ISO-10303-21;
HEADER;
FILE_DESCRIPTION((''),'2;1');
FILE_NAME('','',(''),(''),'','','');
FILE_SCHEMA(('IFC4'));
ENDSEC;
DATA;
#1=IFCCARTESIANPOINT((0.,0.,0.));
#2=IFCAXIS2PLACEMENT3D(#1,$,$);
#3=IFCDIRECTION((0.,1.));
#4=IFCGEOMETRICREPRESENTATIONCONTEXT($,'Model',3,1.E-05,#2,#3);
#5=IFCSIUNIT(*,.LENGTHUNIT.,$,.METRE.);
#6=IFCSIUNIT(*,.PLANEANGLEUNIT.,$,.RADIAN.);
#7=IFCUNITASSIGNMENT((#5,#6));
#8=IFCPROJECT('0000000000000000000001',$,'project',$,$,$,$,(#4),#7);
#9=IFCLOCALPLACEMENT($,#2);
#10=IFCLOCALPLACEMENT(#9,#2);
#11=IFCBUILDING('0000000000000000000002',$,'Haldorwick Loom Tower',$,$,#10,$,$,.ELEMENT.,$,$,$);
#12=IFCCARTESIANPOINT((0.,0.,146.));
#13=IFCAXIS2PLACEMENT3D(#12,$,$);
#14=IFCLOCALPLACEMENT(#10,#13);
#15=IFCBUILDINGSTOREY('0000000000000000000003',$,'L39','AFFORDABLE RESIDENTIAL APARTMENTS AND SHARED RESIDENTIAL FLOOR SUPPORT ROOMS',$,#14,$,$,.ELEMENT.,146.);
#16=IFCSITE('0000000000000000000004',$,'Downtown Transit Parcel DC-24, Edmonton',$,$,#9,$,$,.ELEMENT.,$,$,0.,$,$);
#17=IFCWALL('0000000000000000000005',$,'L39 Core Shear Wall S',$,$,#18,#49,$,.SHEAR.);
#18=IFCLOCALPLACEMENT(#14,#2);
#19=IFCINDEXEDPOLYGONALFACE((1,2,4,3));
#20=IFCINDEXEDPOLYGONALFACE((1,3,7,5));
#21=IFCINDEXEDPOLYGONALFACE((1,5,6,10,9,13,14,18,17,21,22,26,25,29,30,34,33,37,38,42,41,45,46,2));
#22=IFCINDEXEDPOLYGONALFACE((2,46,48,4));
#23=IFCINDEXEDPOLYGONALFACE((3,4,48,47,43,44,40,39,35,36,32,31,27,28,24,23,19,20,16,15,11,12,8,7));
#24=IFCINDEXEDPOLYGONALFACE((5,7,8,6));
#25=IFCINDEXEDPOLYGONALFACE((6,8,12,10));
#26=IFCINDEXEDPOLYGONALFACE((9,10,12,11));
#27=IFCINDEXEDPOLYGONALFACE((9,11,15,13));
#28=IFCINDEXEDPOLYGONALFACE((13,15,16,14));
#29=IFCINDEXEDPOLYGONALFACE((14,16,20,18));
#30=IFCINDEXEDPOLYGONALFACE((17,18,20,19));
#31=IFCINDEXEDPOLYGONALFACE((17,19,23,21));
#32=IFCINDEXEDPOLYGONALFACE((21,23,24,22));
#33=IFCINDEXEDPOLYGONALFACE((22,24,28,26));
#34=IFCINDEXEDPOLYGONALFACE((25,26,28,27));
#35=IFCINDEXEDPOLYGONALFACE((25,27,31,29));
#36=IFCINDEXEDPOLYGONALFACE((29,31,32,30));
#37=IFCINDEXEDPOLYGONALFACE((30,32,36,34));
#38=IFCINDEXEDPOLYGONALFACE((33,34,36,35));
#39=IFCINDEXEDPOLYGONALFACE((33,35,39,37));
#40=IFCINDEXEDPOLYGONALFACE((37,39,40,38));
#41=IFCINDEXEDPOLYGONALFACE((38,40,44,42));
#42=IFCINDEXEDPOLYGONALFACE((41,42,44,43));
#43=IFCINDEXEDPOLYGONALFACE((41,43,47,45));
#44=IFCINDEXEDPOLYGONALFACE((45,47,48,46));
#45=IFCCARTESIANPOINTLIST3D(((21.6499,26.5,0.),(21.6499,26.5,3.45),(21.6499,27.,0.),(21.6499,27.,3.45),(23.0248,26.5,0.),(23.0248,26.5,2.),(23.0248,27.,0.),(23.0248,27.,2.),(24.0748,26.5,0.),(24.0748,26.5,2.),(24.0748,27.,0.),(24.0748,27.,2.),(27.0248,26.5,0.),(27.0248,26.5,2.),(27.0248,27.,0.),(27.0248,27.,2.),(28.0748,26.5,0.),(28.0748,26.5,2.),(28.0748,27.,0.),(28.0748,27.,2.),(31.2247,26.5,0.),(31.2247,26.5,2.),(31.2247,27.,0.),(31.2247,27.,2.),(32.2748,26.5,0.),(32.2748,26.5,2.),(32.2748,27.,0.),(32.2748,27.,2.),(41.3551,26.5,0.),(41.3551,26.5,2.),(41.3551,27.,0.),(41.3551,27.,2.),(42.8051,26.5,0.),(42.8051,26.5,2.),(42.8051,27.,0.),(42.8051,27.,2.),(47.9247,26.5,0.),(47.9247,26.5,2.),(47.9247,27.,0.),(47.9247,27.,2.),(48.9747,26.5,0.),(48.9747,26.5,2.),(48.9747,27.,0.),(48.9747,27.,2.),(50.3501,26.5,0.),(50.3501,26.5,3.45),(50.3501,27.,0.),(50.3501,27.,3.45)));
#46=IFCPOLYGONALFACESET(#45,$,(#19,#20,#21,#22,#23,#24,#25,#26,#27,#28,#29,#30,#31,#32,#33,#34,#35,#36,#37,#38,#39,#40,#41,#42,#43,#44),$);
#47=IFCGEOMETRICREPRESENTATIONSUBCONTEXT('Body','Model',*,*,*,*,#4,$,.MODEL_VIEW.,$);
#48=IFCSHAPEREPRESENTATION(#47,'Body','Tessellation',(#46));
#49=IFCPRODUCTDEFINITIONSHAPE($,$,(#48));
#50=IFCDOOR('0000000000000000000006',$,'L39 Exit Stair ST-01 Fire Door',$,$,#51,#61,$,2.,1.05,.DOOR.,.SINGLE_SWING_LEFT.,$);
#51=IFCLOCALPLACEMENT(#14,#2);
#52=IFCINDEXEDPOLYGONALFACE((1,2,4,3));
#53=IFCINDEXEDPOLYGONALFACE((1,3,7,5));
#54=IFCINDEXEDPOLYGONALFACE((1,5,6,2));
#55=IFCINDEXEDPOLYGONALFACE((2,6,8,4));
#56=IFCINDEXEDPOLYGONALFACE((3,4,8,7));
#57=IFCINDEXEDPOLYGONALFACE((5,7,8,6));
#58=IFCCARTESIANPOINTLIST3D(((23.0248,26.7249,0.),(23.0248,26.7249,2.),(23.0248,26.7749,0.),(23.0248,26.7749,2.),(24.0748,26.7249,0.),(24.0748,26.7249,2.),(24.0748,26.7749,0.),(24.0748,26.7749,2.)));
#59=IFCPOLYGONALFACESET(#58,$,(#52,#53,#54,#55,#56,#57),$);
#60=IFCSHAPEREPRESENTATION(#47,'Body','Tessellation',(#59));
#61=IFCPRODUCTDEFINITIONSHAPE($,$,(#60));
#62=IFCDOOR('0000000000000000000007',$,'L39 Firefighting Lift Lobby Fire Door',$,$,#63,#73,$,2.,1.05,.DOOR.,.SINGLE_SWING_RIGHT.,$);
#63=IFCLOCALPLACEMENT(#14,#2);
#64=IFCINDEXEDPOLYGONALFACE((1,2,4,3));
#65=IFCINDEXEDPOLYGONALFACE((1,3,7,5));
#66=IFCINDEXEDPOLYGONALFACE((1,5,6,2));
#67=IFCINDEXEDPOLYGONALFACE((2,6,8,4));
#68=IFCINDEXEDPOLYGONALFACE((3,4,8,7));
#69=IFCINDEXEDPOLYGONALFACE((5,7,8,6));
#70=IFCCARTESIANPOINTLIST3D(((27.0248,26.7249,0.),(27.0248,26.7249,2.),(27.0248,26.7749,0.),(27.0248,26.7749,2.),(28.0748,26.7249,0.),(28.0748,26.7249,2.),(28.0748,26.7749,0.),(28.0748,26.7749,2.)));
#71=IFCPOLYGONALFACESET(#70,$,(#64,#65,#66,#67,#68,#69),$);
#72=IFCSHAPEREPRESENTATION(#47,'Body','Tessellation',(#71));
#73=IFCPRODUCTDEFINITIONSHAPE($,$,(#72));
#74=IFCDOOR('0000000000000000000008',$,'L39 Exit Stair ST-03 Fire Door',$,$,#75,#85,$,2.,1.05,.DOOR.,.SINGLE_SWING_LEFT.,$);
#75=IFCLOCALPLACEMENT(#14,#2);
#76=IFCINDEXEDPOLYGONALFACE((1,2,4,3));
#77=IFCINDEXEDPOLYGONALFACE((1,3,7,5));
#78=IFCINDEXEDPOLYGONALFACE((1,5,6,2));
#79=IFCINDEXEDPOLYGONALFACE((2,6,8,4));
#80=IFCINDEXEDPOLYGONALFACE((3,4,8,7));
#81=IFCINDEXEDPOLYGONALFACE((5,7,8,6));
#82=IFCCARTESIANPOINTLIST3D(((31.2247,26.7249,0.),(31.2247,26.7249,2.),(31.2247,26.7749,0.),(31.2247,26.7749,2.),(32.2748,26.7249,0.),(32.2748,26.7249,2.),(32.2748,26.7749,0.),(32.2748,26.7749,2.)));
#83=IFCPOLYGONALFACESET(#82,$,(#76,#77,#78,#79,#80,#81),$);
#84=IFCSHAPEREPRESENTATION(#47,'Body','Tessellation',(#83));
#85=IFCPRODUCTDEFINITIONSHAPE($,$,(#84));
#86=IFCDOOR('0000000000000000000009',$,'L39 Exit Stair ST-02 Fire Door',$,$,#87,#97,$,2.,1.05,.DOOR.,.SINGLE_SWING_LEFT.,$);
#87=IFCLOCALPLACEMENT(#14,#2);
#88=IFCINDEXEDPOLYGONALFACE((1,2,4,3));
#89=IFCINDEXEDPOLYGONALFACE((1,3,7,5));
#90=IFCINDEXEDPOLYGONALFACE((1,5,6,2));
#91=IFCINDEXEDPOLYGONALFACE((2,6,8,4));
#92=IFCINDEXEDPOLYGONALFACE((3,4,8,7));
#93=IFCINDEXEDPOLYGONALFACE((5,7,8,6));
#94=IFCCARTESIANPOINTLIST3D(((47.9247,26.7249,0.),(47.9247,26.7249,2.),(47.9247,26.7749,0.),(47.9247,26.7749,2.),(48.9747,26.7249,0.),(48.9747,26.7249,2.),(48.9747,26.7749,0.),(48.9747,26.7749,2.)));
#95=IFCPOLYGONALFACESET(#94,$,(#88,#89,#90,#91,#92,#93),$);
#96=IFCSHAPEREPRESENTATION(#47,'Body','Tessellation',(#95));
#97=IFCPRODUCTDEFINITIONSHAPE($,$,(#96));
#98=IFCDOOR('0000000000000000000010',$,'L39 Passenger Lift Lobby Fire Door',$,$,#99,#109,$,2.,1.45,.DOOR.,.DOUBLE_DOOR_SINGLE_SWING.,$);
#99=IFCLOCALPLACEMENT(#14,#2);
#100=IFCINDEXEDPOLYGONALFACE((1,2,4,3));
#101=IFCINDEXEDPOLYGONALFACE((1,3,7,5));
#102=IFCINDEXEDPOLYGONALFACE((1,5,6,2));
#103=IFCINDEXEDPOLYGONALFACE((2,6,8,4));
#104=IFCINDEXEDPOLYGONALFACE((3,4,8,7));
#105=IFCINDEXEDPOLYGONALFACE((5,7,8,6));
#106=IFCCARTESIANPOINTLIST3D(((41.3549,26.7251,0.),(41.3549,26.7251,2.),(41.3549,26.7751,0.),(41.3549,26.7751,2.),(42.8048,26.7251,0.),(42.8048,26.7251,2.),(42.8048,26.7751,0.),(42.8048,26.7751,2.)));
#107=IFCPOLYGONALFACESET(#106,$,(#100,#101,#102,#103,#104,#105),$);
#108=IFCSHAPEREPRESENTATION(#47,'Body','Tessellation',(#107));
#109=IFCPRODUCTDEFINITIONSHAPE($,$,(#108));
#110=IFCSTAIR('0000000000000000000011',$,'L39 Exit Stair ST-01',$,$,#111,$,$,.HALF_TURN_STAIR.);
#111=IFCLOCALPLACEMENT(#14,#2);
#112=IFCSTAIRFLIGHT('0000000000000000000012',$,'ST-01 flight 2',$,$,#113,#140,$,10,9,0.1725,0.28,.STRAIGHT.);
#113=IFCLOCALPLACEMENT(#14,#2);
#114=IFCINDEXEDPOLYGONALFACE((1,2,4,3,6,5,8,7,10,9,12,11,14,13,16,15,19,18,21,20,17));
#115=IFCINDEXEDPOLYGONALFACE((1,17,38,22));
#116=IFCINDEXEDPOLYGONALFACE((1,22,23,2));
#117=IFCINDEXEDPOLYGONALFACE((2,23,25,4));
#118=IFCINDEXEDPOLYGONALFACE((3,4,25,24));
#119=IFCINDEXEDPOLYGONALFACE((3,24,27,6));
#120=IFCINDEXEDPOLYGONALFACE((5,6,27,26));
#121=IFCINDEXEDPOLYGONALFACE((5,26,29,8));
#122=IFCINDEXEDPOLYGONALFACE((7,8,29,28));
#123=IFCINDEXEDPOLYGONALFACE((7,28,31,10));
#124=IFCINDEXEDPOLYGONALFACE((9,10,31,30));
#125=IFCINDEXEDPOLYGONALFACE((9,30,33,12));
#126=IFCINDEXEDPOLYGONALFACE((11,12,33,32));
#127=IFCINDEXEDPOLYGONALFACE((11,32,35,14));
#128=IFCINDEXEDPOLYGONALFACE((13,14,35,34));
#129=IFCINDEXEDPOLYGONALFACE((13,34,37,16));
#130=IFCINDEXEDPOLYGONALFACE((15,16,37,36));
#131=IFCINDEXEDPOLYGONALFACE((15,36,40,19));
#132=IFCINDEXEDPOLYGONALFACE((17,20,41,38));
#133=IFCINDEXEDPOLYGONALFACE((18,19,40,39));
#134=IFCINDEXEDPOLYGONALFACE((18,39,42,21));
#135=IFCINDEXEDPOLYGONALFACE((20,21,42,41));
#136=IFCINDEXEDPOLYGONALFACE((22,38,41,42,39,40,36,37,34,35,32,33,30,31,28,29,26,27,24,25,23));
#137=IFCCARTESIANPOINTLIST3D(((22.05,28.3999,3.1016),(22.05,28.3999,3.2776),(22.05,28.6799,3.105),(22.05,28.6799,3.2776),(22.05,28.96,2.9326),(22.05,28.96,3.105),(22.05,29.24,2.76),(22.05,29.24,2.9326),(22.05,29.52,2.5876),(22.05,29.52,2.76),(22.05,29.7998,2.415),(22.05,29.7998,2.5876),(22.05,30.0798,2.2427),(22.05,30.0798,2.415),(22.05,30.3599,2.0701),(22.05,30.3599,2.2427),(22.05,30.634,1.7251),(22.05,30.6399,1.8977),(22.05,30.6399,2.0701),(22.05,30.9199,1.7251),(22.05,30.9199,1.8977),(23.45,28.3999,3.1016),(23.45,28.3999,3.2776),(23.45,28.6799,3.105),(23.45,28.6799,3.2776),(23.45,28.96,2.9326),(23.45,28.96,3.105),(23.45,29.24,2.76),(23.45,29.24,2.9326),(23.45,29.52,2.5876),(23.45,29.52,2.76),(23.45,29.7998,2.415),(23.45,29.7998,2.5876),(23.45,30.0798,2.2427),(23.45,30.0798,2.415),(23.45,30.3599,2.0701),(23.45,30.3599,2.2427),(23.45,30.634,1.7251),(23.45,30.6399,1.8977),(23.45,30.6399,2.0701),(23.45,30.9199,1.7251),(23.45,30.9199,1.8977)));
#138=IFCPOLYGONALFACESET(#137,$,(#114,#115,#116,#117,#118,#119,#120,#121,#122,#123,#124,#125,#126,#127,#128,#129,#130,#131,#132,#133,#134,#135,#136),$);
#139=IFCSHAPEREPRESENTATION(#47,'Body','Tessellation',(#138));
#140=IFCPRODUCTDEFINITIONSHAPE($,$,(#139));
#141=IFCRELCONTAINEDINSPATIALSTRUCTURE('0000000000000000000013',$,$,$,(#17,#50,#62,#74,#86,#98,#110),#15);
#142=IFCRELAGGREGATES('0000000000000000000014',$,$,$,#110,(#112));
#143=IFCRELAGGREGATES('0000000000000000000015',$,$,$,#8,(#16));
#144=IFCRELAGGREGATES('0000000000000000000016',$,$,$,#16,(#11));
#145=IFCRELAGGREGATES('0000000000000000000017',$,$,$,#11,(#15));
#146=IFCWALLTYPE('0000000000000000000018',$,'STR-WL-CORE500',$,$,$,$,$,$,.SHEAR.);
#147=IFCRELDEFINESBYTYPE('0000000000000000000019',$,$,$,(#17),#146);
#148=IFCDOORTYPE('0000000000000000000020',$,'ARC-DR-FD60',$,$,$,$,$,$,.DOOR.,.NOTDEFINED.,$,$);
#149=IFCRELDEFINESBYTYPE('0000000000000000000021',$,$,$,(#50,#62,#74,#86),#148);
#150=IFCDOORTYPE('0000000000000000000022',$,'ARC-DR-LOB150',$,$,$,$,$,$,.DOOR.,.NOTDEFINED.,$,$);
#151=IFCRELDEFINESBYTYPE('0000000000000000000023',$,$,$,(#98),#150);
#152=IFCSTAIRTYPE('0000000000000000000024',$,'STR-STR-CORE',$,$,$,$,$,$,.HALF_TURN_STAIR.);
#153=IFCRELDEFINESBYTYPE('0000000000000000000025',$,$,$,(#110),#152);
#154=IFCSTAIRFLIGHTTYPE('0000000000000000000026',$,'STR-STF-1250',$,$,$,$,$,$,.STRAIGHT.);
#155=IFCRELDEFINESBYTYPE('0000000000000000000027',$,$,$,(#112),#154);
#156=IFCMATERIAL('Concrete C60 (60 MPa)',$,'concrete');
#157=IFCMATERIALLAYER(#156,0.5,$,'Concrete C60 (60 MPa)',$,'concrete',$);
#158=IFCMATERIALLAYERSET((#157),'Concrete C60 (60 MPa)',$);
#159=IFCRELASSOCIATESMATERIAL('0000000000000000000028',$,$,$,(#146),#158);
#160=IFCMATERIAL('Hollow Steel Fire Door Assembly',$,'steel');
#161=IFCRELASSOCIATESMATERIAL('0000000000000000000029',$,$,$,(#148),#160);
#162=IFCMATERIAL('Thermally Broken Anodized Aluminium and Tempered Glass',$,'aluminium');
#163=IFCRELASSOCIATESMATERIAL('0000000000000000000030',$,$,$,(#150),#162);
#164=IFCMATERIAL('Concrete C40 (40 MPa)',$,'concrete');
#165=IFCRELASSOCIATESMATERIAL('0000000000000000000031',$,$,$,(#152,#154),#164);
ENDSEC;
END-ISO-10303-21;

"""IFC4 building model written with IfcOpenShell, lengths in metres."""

from ifc_helpers import new_model, si_unit, direction, frame, frame_2d, origin, place, context, subcontext, project, spatial, polyline, rectangle, outline, extrude, material, layer, layer_set, type_object, element, fill, aggregate, save


model = new_model("IFC4")

# Units and contexts
model_context = context("Model", 3, precision=1e-05, world=origin(), true_north=direction((0.0, 1.0)))
body_context = subcontext(model_context, "Body", "Model", "MODEL_VIEW")
ifc_project = project(units=[si_unit("LENGTHUNIT", "METRE"), si_unit("PLANEANGLEUNIT", "RADIAN")], contexts=[model_context])

# Site, building, storey
site_placement = place(None, origin())
site = spatial("IfcSite", under=ifc_project, at=site_placement, Name="Downtown Transit Parcel DC-24, Edmonton", CompositionType="ELEMENT", RefElevation=0.0)
building_placement = place(site_placement, origin())
building = spatial("IfcBuilding", under=site, at=building_placement, Name="Haldorwick Loom Tower", CompositionType="ELEMENT")
storey_placement = place(building_placement, frame((0.0, 0.0, 146.0)))
storey = spatial("IfcBuildingStorey", under=building, at=storey_placement, Name="L39", Description="AFFORDABLE RESIDENTIAL APARTMENTS AND SHARED RESIDENTIAL FLOOR SUPPORT ROOMS", CompositionType="ELEMENT", Elevation=146.0)

# Shared definitions
ifc_material_1 = material(Name="Concrete C60 (60 MPa)", Category="concrete")

# Wall, openings, doors
ifc_layer_1 = layer(ifc_material_1, 0.5, Name="Concrete C60 (60 MPa)", Category="concrete")
ifc_layer_set_1 = layer_set([ifc_layer_1], Name="Concrete C60 (60 MPa)")
wall_type_1 = type_object("IfcWallType", Name="STR-WL-CORE500", PredefinedType="SHEAR", material=ifc_layer_set_1)
wall_1_placement = place(storey_placement, frame((21.6499, 26.75, 0.0), z_axis=(0.0, 0.0, 1.0), x_axis=(1.0, 0.0, 0.0)))
wall_1 = element("IfcWall", 1, at=wall_1_placement, inside=storey, type_object=wall_type_1, Name="L39 Core Shear Wall S", PredefinedType="SHEAR", context=body_context, shape_type="SweptSolid", body=[
    extrude(rectangle(XDim=28.7002, YDim=0.5, at=frame_2d((14.3501, 0.0))), origin(), (0.0, 0.0, 1.0), 3.45),
])
opening_1_placement = place(wall_1_placement, frame((1.375, 0.0, 0.0)))
opening_1 = element("IfcOpeningElement", 2, at=opening_1_placement, cuts=wall_1, PredefinedType="OPENING", context=body_context, shape_type="SweptSolid", body=[
    extrude(rectangle(XDim=1.05, YDim=2.0, at=frame_2d((0.5249, 1.0))), frame((0.0, 0.26, 0.0), z_axis=(0.0, -1.0, 0.0), x_axis=(1.0, 0.0, 0.0)), (0.0, 0.0, 1.0), 0.52),
])
opening_2_placement = place(wall_1_placement, frame((5.375, 0.0, 0.0)))
opening_2 = element("IfcOpeningElement", 3, at=opening_2_placement, cuts=wall_1, PredefinedType="OPENING", context=body_context, shape_type="SweptSolid", body=[
    extrude(rectangle(XDim=1.05, YDim=2.0, at=frame_2d((0.5249, 1.0))), frame((0.0, 0.26, 0.0), z_axis=(0.0, -1.0, 0.0), x_axis=(1.0, 0.0, 0.0)), (0.0, 0.0, 1.0), 0.52),
])
opening_3_placement = place(wall_1_placement, frame((9.575, 0.0, 0.0)))
opening_3 = element("IfcOpeningElement", 4, at=opening_3_placement, cuts=wall_1, PredefinedType="OPENING", context=body_context, shape_type="SweptSolid", body=[
    extrude(rectangle(XDim=1.05, YDim=2.0, at=frame_2d((0.5249, 1.0))), frame((0.0, 0.26, 0.0), z_axis=(0.0, -1.0, 0.0), x_axis=(1.0, 0.0, 0.0)), (0.0, 0.0, 1.0), 0.52),
])
opening_4_placement = place(wall_1_placement, frame((19.7051, 0.0, 0.0)))
opening_4 = element("IfcOpeningElement", 5, at=opening_4_placement, cuts=wall_1, PredefinedType="OPENING", context=body_context, shape_type="SweptSolid", body=[
    extrude(rectangle(XDim=1.45, YDim=2.0, at=frame_2d((0.7251, 1.0))), frame((0.0, 0.26, 0.0), z_axis=(0.0, -1.0, 0.0), x_axis=(1.0, 0.0, 0.0)), (0.0, 0.0, 1.0), 0.52),
])
opening_5_placement = place(wall_1_placement, frame((26.2749, 0.0, 0.0)))
opening_5 = element("IfcOpeningElement", 6, at=opening_5_placement, cuts=wall_1, PredefinedType="OPENING", context=body_context, shape_type="SweptSolid", body=[
    extrude(rectangle(XDim=1.05, YDim=2.0, at=frame_2d((0.5249, 1.0))), frame((0.0, 0.26, 0.0), z_axis=(0.0, -1.0, 0.0), x_axis=(1.0, 0.0, 0.0)), (0.0, 0.0, 1.0), 0.52),
])
ifc_material_2 = material(Name="Hollow Steel Fire Door Assembly", Category="steel")
door_type_1 = type_object("IfcDoorType", Name="ARC-DR-FD60", OperationType="NOTDEFINED", PredefinedType="DOOR", material=ifc_material_2)
door_1_placement = place(opening_1_placement, origin())
door_1 = element("IfcDoor", 7, at=door_1_placement, inside=storey, type_object=door_type_1, Name="L39 Exit Stair ST-01 Fire Door", OperationType="SINGLE_SWING_LEFT", OverallHeight=2.0, OverallWidth=1.05, PredefinedType="DOOR", context=body_context, shape_type="SweptSolid", body=[
    extrude(rectangle(XDim=1.05, YDim=2.0, at=frame_2d((0.5249, 1.0))), frame((0.0, 0.0249, 0.0), z_axis=(0.0, -1.0, 0.0), x_axis=(1.0, 0.0, 0.0)), (0.0, 0.0, 1.0), 0.05),
])
fill(opening_1, door_1)
door_2_placement = place(opening_2_placement, origin())
door_2 = element("IfcDoor", 8, at=door_2_placement, inside=storey, type_object=door_type_1, Name="L39 Firefighting Lift Lobby Fire Door", OperationType="SINGLE_SWING_RIGHT", OverallHeight=2.0, OverallWidth=1.05, PredefinedType="DOOR", context=body_context, shape_type="SweptSolid", body=[
    extrude(rectangle(XDim=1.05, YDim=2.0, at=frame_2d((0.5249, 1.0))), frame((0.0, 0.0249, 0.0), z_axis=(0.0, -1.0, 0.0), x_axis=(1.0, 0.0, 0.0)), (0.0, 0.0, 1.0), 0.05),
])
fill(opening_2, door_2)
door_3_placement = place(opening_3_placement, origin())
door_3 = element("IfcDoor", 9, at=door_3_placement, inside=storey, type_object=door_type_1, Name="L39 Exit Stair ST-03 Fire Door", OperationType="SINGLE_SWING_LEFT", OverallHeight=2.0, OverallWidth=1.05, PredefinedType="DOOR", context=body_context, shape_type="SweptSolid", body=[
    extrude(rectangle(XDim=1.05, YDim=2.0, at=frame_2d((0.5249, 1.0))), frame((0.0, 0.0249, 0.0), z_axis=(0.0, -1.0, 0.0), x_axis=(1.0, 0.0, 0.0)), (0.0, 0.0, 1.0), 0.05),
])
fill(opening_3, door_3)
door_4_placement = place(opening_5_placement, origin())
door_4 = element("IfcDoor", 10, at=door_4_placement, inside=storey, type_object=door_type_1, Name="L39 Exit Stair ST-02 Fire Door", OperationType="SINGLE_SWING_LEFT", OverallHeight=2.0, OverallWidth=1.05, PredefinedType="DOOR", context=body_context, shape_type="SweptSolid", body=[
    extrude(rectangle(XDim=1.05, YDim=2.0, at=frame_2d((0.5249, 1.0))), frame((0.0, 0.0249, 0.0), z_axis=(0.0, -1.0, 0.0), x_axis=(1.0, 0.0, 0.0)), (0.0, 0.0, 1.0), 0.05),
])
fill(opening_5, door_4)
ifc_material_3 = material(Name="Thermally Broken Anodized Aluminium and Tempered Glass", Category="aluminium")
door_type_2 = type_object("IfcDoorType", Name="ARC-DR-LOB150", OperationType="NOTDEFINED", PredefinedType="DOOR", material=ifc_material_3)
door_5_placement = place(opening_4_placement, frame((1.45, 0.0, 0.0), z_axis=(0.0, 0.0, 1.0), x_axis=(-1.0, 0.0, 0.0)))
door_5 = element("IfcDoor", 11, at=door_5_placement, inside=storey, type_object=door_type_2, Name="L39 Passenger Lift Lobby Fire Door", OperationType="DOUBLE_DOOR_SINGLE_SWING", OverallHeight=2.0, OverallWidth=1.45, PredefinedType="DOOR", context=body_context, shape_type="SweptSolid", body=[
    extrude(rectangle(XDim=1.45, YDim=2.0, at=frame_2d((0.7251, 1.0))), frame((0.0, 0.0249, 0.0), z_axis=(0.0, -1.0, 0.0), x_axis=(1.0, 0.0, 0.0)), (0.0, 0.0, 1.0), 0.05),
])
fill(opening_4, door_5)

# Stair, stair flight
ifc_material_4 = material(Name="Concrete C40 (40 MPa)", Category="concrete")
stair_type = type_object("IfcStairType", Name="STR-STR-CORE", PredefinedType="HALF_TURN_STAIR", material=ifc_material_4)
stair_placement = place(storey_placement, origin())
stair = element("IfcStair", 12, at=stair_placement, inside=storey, type_object=stair_type, Name="L39 Exit Stair ST-01", PredefinedType="HALF_TURN_STAIR")
stair_flight_type = type_object("IfcStairFlightType", Name="STR-STF-1250", PredefinedType="STRAIGHT", material=ifc_material_4)
stair_flight_placement = place(storey_placement, frame((22.75, 30.9199, 1.7251), z_axis=(0.0, 0.0, 1.0), x_axis=(0.0, -1.0, 0.0)))
stair_flight = element("IfcStairFlight", 13, at=stair_flight_placement, type_object=stair_flight_type, Name="ST-01 flight 2", NumberOfRisers=10, NumberOfTreads=9, PredefinedType="STRAIGHT", RiserHeight=0.1725, TreadLength=0.28, context=body_context, shape_type="SweptSolid", body=[
    extrude(outline(polyline([(0.0, 0.0), (0.0, 0.1726), (0.28, 0.1726), (0.28, 0.345), (0.5601, 0.345), (0.5601, 0.5176), (0.8401, 0.5176), (0.8401, 0.6899), (1.1201, 0.6899), (1.1201, 0.8625), (1.3999, 0.8625), (1.3999, 1.0349), (1.6799, 1.0349), (1.6799, 1.2075), (1.96, 1.2075), (1.96, 1.3799), (2.24, 1.3799), (2.24, 1.5525), (2.52, 1.5525), (2.52, 1.7251), (2.52, 1.3765), (0.2859, 0.0), (0.0, 0.0)])), frame((0.0, 0.7, 0.0), z_axis=(0.0, -1.0, 0.0), x_axis=(1.0, 0.0, 0.0)), (0.0, 0.0, 1.0), 1.3999),
])
aggregate(stair, [stair_flight])

save(model, "model.ifc")
